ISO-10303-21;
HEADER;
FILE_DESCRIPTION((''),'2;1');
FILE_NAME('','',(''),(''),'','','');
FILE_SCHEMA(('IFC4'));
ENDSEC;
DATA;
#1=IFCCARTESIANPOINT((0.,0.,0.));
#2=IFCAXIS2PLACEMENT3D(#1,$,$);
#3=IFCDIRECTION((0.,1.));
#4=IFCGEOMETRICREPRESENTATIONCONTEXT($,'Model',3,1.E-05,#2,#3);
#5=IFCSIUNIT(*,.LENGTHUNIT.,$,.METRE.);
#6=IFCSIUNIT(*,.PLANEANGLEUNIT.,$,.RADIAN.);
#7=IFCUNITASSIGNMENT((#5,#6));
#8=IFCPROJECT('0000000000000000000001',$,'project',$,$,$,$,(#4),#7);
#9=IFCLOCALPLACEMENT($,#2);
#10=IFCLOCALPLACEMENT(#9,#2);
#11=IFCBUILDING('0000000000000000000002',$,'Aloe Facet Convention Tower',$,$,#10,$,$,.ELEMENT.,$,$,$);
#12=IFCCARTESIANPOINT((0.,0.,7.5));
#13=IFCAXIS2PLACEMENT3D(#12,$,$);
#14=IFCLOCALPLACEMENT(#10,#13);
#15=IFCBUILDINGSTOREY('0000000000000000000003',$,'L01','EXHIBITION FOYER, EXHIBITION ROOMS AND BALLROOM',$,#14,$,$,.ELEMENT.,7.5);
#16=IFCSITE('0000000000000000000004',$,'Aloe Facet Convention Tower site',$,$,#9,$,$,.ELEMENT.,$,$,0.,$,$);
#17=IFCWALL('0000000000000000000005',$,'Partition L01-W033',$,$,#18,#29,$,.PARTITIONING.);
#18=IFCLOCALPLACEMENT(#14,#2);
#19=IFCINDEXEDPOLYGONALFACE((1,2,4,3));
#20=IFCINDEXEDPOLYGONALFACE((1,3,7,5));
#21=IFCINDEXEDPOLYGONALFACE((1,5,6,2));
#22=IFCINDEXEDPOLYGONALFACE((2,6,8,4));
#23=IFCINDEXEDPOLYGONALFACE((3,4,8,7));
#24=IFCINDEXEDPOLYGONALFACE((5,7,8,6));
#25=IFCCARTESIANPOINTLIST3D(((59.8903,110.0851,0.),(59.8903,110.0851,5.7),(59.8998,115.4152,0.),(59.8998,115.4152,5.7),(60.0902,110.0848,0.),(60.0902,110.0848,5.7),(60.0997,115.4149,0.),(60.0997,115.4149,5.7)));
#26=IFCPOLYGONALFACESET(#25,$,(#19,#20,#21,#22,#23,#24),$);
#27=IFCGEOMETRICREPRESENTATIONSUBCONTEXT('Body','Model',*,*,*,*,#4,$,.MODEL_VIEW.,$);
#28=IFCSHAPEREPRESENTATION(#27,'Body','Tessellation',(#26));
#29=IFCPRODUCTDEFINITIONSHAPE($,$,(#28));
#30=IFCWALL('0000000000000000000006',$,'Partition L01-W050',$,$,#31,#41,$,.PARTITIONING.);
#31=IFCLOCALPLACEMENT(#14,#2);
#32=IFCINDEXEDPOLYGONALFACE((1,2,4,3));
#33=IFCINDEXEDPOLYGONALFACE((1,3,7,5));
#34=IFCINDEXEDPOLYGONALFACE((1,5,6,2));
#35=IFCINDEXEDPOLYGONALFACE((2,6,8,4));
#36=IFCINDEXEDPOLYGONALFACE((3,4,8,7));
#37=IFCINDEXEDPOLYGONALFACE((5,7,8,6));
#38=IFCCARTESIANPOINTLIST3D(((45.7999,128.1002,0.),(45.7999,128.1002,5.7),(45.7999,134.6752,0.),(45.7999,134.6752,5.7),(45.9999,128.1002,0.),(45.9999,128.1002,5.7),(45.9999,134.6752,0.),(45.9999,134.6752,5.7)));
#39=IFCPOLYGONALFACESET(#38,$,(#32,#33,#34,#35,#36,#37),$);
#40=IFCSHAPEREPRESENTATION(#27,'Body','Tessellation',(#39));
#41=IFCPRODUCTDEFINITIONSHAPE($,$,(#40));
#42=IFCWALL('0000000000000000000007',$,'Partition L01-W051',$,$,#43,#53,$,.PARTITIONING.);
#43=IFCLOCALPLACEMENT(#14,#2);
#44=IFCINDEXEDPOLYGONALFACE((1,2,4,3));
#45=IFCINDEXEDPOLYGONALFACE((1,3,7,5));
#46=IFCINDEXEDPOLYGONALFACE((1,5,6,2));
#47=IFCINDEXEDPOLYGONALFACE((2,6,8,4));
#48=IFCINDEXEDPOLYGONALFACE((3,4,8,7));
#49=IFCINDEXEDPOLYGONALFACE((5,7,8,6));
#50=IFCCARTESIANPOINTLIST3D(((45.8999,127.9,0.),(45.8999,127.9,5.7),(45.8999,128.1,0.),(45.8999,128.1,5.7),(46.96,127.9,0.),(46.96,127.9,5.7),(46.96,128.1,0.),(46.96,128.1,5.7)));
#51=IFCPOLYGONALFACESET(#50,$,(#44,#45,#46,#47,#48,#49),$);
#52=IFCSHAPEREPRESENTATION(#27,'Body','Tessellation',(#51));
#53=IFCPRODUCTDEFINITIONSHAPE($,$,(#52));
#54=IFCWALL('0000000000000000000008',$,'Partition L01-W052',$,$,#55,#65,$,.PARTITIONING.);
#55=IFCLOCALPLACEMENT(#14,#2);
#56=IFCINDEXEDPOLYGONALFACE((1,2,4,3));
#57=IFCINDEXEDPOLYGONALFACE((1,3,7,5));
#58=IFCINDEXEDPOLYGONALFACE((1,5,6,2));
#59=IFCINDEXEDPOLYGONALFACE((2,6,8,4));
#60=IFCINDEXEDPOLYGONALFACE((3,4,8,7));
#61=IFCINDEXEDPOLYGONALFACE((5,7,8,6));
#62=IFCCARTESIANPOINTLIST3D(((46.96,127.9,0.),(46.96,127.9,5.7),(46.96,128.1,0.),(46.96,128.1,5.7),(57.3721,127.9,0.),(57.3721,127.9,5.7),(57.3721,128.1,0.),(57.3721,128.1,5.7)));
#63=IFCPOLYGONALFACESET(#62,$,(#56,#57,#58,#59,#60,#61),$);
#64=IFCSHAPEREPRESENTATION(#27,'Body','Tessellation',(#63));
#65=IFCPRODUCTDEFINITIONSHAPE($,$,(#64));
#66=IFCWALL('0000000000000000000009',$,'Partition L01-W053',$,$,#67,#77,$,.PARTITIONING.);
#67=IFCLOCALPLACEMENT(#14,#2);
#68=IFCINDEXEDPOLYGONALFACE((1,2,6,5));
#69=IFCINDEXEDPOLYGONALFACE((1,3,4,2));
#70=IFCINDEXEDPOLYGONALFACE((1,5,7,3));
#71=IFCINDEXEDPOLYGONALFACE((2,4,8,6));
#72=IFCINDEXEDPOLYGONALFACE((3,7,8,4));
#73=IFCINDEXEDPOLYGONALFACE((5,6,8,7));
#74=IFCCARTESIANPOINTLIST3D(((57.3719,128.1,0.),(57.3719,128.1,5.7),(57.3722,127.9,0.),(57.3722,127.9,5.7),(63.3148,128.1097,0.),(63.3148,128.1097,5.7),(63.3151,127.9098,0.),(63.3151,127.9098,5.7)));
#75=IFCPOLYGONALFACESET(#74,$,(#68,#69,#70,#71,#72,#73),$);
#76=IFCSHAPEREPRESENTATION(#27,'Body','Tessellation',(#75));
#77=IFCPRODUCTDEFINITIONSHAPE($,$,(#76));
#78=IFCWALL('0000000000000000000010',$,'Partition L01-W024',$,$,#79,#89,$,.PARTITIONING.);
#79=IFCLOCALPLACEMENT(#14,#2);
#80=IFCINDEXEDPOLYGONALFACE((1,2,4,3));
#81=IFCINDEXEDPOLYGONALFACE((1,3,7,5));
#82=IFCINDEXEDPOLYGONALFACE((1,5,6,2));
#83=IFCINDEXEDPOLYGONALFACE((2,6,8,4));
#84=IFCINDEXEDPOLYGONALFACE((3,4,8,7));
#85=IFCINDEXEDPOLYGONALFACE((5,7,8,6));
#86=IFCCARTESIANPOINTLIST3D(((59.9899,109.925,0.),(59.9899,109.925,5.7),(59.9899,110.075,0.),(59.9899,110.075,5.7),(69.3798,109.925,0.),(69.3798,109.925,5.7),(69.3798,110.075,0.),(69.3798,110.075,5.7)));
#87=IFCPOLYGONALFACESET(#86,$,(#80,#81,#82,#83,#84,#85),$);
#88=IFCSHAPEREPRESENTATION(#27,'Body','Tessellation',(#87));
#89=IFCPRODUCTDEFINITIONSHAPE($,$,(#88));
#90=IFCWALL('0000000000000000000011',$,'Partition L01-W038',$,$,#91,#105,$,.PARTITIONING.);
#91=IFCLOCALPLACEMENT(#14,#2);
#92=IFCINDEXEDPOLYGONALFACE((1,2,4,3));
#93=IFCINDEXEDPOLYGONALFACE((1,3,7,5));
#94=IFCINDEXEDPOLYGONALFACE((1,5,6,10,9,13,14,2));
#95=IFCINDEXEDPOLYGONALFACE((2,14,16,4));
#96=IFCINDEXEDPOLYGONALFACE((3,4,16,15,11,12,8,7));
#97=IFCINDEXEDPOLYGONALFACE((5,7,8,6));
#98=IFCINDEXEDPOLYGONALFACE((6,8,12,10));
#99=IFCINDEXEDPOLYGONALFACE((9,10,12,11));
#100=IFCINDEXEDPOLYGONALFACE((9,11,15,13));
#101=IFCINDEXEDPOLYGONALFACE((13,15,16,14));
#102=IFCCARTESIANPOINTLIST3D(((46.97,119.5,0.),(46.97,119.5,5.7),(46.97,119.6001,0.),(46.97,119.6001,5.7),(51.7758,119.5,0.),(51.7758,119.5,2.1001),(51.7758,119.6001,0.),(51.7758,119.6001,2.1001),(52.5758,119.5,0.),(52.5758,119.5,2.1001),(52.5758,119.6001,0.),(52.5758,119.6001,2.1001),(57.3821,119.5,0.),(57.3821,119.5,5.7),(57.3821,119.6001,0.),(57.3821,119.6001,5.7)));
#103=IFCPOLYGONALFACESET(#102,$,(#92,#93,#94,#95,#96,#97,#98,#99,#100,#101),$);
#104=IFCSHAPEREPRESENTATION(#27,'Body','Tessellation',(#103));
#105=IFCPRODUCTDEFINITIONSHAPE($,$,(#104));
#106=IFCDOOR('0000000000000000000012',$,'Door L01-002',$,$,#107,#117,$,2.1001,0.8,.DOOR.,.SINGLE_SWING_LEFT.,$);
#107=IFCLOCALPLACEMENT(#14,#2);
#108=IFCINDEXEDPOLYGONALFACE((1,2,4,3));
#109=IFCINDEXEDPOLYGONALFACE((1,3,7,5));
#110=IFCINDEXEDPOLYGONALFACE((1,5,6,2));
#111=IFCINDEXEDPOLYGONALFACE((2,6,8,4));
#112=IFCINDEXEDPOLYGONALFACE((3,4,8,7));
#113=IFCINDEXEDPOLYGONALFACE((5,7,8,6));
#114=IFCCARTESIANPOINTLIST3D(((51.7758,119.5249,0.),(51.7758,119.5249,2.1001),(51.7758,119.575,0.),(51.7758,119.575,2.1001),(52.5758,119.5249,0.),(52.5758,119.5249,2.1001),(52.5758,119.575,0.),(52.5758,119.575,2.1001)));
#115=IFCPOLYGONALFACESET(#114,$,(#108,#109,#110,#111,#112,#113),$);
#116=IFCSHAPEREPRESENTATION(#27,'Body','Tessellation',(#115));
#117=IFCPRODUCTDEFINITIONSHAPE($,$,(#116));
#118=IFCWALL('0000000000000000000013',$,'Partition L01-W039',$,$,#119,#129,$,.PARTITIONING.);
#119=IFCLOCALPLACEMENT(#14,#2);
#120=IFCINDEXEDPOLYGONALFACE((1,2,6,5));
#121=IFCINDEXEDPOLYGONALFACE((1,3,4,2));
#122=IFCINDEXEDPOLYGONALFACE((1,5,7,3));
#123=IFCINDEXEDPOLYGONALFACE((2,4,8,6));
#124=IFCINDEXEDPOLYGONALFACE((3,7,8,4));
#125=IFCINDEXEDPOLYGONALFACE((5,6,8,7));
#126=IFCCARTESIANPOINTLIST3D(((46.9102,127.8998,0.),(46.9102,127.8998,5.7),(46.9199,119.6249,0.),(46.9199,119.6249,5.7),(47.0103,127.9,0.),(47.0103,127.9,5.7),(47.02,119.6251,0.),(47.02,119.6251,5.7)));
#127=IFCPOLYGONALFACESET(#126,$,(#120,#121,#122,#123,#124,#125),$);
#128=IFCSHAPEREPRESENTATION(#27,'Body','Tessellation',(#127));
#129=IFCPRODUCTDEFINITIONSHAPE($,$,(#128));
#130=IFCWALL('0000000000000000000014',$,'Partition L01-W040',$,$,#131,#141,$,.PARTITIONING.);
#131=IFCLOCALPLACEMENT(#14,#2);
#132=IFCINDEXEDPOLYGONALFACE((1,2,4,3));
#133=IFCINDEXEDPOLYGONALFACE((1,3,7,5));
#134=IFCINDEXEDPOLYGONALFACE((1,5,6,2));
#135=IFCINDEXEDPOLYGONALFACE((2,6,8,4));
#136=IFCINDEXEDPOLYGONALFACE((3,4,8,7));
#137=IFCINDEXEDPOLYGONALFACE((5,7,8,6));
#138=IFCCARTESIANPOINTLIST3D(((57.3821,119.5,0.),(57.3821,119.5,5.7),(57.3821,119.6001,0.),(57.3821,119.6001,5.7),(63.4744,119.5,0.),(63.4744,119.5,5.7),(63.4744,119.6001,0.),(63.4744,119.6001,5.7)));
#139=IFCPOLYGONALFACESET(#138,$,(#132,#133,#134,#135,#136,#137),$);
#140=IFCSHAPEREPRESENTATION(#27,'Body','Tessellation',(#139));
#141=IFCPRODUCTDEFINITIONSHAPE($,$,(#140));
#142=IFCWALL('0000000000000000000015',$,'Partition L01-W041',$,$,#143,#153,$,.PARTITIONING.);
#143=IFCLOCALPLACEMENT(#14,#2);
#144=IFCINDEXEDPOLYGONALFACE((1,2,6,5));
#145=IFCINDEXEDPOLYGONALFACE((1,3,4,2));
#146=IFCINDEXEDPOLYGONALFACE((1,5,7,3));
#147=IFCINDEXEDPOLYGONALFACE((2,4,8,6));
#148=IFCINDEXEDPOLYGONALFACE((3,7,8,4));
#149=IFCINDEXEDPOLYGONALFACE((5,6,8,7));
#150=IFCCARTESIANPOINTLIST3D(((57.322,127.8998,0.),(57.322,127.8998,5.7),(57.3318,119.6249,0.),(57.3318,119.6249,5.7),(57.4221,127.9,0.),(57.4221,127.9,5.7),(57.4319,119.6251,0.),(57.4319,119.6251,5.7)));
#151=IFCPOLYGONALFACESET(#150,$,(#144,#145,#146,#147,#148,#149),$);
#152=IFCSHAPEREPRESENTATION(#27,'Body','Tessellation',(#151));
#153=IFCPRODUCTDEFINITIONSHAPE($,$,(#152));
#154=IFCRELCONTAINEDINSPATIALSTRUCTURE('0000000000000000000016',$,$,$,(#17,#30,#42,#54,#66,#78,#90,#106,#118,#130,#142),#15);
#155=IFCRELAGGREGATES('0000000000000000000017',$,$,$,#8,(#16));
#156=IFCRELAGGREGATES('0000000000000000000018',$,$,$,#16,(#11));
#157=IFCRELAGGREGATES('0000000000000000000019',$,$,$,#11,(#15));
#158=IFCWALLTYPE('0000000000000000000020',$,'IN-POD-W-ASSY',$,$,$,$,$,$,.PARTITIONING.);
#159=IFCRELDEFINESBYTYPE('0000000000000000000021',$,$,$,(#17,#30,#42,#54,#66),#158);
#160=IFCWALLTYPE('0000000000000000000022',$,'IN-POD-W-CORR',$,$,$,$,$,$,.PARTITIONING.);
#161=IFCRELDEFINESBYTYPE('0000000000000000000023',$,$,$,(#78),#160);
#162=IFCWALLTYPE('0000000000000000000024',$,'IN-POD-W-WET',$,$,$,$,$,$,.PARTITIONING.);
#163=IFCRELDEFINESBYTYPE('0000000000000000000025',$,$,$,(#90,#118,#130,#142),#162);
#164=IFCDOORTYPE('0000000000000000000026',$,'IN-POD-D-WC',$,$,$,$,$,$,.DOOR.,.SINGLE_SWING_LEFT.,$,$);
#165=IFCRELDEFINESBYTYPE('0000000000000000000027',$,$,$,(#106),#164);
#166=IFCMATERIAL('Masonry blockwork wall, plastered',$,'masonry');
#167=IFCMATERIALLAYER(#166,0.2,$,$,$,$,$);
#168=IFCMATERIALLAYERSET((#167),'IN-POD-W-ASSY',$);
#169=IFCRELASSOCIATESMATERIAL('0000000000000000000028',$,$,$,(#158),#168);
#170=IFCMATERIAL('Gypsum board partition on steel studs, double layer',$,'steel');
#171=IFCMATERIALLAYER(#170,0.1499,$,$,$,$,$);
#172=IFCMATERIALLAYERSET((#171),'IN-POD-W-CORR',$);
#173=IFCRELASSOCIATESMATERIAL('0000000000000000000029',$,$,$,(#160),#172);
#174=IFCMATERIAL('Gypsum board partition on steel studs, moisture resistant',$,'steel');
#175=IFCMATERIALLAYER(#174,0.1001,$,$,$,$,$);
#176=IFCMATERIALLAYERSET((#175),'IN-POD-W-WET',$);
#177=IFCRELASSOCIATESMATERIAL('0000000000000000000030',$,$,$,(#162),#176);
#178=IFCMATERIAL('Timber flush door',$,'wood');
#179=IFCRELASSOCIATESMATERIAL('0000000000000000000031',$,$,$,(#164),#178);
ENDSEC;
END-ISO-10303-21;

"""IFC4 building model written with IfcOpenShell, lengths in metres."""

from ifc_helpers import new_model, si_unit, direction, frame, frame_2d, origin, place, context, subcontext, project, spatial, rectangle, extrude, material, layer, layer_set, type_object, element, fill, save


model = new_model("IFC4")

# Units and contexts
model_context = context("Model", 3, precision=1e-05, world=origin(), true_north=direction((0.0, 1.0)))
body_context = subcontext(model_context, "Body", "Model", "MODEL_VIEW")
ifc_project = project(units=[si_unit("LENGTHUNIT", "METRE"), si_unit("PLANEANGLEUNIT", "RADIAN")], contexts=[model_context])

# Site, building, storey
site_placement = place(None, origin())
site = spatial("IfcSite", under=ifc_project, at=site_placement, Name="Aloe Facet Convention Tower site", CompositionType="ELEMENT", RefElevation=0.0)
building_placement = place(site_placement, origin())
building = spatial("IfcBuilding", under=site, at=building_placement, Name="Aloe Facet Convention Tower", CompositionType="ELEMENT")
storey_placement = place(building_placement, frame((0.0, 0.0, 7.5)))
storey = spatial("IfcBuildingStorey", under=building, at=storey_placement, Name="L01", Description="EXHIBITION FOYER, EXHIBITION ROOMS AND BALLROOM", CompositionType="ELEMENT", Elevation=7.5)

# Walls
ifc_material_1 = material(Name="Masonry blockwork wall, plastered", Category="masonry")
ifc_layer_1 = layer(ifc_material_1, 0.2)
ifc_layer_set_1 = layer_set([ifc_layer_1], Name="IN-POD-W-ASSY")
wall_type_1 = type_object("IfcWallType", Name="IN-POD-W-ASSY", PredefinedType="PARTITIONING", material=ifc_layer_set_1)
wall_1_placement = place(storey_placement, frame((59.9902, 110.085, 0.0), z_axis=(0.0, 0.0, 1.0), x_axis=(0.001786, 0.999998, 0.0)))
element("IfcWall", 1, at=wall_1_placement, inside=storey, type_object=wall_type_1, Name="Partition L01-W033", PredefinedType="PARTITIONING", context=body_context, shape_type="SweptSolid", body=[
    extrude(rectangle(XDim=5.3301, YDim=0.2, at=frame_2d((2.665, 0.0))), origin(), (0.0, 0.0, 1.0), 5.7),
])
wall_2_placement = place(storey_placement, frame((45.8999, 128.1001, 0.0), z_axis=(0.0, 0.0, 1.0), x_axis=(0.0, 1.0, 0.0)))
element("IfcWall", 2, at=wall_2_placement, inside=storey, type_object=wall_type_1, Name="Partition L01-W050", PredefinedType="PARTITIONING", context=body_context, shape_type="SweptSolid", body=[
    extrude(rectangle(XDim=6.575, YDim=0.2, at=frame_2d((3.2876, 0.0))), origin(), (0.0, 0.0, 1.0), 5.7),
])
wall_3_placement = place(storey_placement, frame((45.8999, 128.0, 0.0), z_axis=(0.0, 0.0, 1.0), x_axis=(1.0, 0.0, 0.0)))
element("IfcWall", 3, at=wall_3_placement, inside=storey, type_object=wall_type_1, Name="Partition L01-W051", PredefinedType="PARTITIONING", context=body_context, shape_type="SweptSolid", body=[
    extrude(rectangle(XDim=1.0601, YDim=0.2, at=frame_2d((0.53, 0.0))), origin(), (0.0, 0.0, 1.0), 5.7),
])
wall_4_placement = place(storey_placement, frame((46.96, 128.0, 0.0), z_axis=(0.0, 0.0, 1.0), x_axis=(1.0, 0.0, 0.0)))
element("IfcWall", 4, at=wall_4_placement, inside=storey, type_object=wall_type_1, Name="Partition L01-W052", PredefinedType="PARTITIONING", context=body_context, shape_type="SweptSolid", body=[
    extrude(rectangle(XDim=10.4121, YDim=0.2, at=frame_2d((5.2061, 0.0))), origin(), (0.0, 0.0, 1.0), 5.7),
])
wall_5_placement = place(storey_placement, frame((57.3721, 128.0, 0.0), z_axis=(0.0, 0.0, 1.0), x_axis=(0.999999, 0.001643, 0.0)))
element("IfcWall", 5, at=wall_5_placement, inside=storey, type_object=wall_type_1, Name="Partition L01-W053", PredefinedType="PARTITIONING", context=body_context, shape_type="SweptSolid", body=[
    extrude(rectangle(XDim=5.9429, YDim=0.2, at=frame_2d((2.9714, 0.0))), origin(), (0.0, 0.0, 1.0), 5.7),
])
ifc_material_2 = material(Name="Gypsum board partition on steel studs, double layer", Category="steel")
ifc_layer_2 = layer(ifc_material_2, 0.1499)
ifc_layer_set_2 = layer_set([ifc_layer_2], Name="IN-POD-W-CORR")
wall_type_2 = type_object("IfcWallType", Name="IN-POD-W-CORR", PredefinedType="PARTITIONING", material=ifc_layer_set_2)
wall_6_placement = place(storey_placement, frame((59.99, 110.0, 0.0), z_axis=(0.0, 0.0, 1.0), x_axis=(1.0, 0.0, 0.0)))
element("IfcWall", 6, at=wall_6_placement, inside=storey, type_object=wall_type_2, Name="Partition L01-W024", PredefinedType="PARTITIONING", context=body_context, shape_type="SweptSolid", body=[
    extrude(rectangle(XDim=9.3899, YDim=0.1499, at=frame_2d((4.6948, 0.0))), origin(), (0.0, 0.0, 1.0), 5.7),
])

# Wall, opening, door
ifc_material_3 = material(Name="Gypsum board partition on steel studs, moisture resistant", Category="steel")
ifc_layer_3 = layer(ifc_material_3, 0.1001)
ifc_layer_set_3 = layer_set([ifc_layer_3], Name="IN-POD-W-WET")
wall_type_3 = type_object("IfcWallType", Name="IN-POD-W-WET", PredefinedType="PARTITIONING", material=ifc_layer_set_3)
wall_7_placement = place(storey_placement, frame((46.97, 119.55, 0.0), z_axis=(0.0, 0.0, 1.0), x_axis=(1.0, 0.0, 0.0)))
wall_7 = element("IfcWall", 7, at=wall_7_placement, inside=storey, type_object=wall_type_3, Name="Partition L01-W038", PredefinedType="PARTITIONING", context=body_context, shape_type="SweptSolid", body=[
    extrude(rectangle(XDim=10.4121, YDim=0.1001, at=frame_2d((5.2061, 0.0))), origin(), (0.0, 0.0, 1.0), 5.7),
])
opening_placement = place(wall_7_placement, frame((4.8059, 0.0, 0.0)))
opening = element("IfcOpeningElement", 8, at=opening_placement, cuts=wall_7, PredefinedType="OPENING", context=body_context, shape_type="SweptSolid", body=[
    extrude(rectangle(XDim=0.8, YDim=2.1001, at=frame_2d((0.3999, 1.05))), frame((0.0, 0.0601, 0.0), z_axis=(0.0, -1.0, 0.0), x_axis=(1.0, 0.0, 0.0)), (0.0, 0.0, 1.0), 0.1201),
])
ifc_material_4 = material(Name="Timber flush door", Category="wood")
door_type = type_object("IfcDoorType", Name="IN-POD-D-WC", OperationType="SINGLE_SWING_LEFT", PredefinedType="DOOR", material=ifc_material_4)
door_placement = place(opening_placement, origin())
door = element("IfcDoor", 9, at=door_placement, inside=storey, type_object=door_type, Name="Door L01-002", OperationType="SINGLE_SWING_LEFT", OverallHeight=2.1001, OverallWidth=0.8, PredefinedType="DOOR", context=body_context, shape_type="SweptSolid", body=[
    extrude(rectangle(XDim=0.8, YDim=2.1001, at=frame_2d((0.3999, 1.05))), frame((0.0, 0.0249, 0.0), z_axis=(0.0, -1.0, 0.0), x_axis=(1.0, 0.0, 0.0)), (0.0, 0.0, 1.0), 0.05),
])
fill(opening, door)

# Walls
wall_8_placement = place(storey_placement, frame((46.97, 119.625, 0.0), z_axis=(0.0, 0.0, 1.0), x_axis=(-0.00118, 0.999999, 0.0)))
element("IfcWall", 10, at=wall_8_placement, inside=storey, type_object=wall_type_3, Name="Partition L01-W039", PredefinedType="PARTITIONING", context=body_context, shape_type="SweptSolid", body=[
    extrude(rectangle(XDim=8.2749, YDim=0.1001, at=frame_2d((4.1375, 0.0))), origin(), (0.0, 0.0, 1.0), 5.7),
])
wall_9_placement = place(storey_placement, frame((57.3821, 119.55, 0.0), z_axis=(0.0, 0.0, 1.0), x_axis=(1.0, 0.0, 0.0)))
element("IfcWall", 11, at=wall_9_placement, inside=storey, type_object=wall_type_3, Name="Partition L01-W040", PredefinedType="PARTITIONING", context=body_context, shape_type="SweptSolid", body=[
    extrude(rectangle(XDim=6.0923, YDim=0.1001, at=frame_2d((3.0461, 0.0))), origin(), (0.0, 0.0, 1.0), 5.7),
])
wall_10_placement = place(storey_placement, frame((57.3818, 119.625, 0.0), z_axis=(0.0, 0.0, 1.0), x_axis=(-0.00118, 0.999999, 0.0)))
element("IfcWall", 12, at=wall_10_placement, inside=storey, type_object=wall_type_3, Name="Partition L01-W041", PredefinedType="PARTITIONING", context=body_context, shape_type="SweptSolid", body=[
    extrude(rectangle(XDim=8.2749, YDim=0.1001, at=frame_2d((4.1375, 0.0))), origin(), (0.0, 0.0, 1.0), 5.7),
])

save(model, "model.ifc")
